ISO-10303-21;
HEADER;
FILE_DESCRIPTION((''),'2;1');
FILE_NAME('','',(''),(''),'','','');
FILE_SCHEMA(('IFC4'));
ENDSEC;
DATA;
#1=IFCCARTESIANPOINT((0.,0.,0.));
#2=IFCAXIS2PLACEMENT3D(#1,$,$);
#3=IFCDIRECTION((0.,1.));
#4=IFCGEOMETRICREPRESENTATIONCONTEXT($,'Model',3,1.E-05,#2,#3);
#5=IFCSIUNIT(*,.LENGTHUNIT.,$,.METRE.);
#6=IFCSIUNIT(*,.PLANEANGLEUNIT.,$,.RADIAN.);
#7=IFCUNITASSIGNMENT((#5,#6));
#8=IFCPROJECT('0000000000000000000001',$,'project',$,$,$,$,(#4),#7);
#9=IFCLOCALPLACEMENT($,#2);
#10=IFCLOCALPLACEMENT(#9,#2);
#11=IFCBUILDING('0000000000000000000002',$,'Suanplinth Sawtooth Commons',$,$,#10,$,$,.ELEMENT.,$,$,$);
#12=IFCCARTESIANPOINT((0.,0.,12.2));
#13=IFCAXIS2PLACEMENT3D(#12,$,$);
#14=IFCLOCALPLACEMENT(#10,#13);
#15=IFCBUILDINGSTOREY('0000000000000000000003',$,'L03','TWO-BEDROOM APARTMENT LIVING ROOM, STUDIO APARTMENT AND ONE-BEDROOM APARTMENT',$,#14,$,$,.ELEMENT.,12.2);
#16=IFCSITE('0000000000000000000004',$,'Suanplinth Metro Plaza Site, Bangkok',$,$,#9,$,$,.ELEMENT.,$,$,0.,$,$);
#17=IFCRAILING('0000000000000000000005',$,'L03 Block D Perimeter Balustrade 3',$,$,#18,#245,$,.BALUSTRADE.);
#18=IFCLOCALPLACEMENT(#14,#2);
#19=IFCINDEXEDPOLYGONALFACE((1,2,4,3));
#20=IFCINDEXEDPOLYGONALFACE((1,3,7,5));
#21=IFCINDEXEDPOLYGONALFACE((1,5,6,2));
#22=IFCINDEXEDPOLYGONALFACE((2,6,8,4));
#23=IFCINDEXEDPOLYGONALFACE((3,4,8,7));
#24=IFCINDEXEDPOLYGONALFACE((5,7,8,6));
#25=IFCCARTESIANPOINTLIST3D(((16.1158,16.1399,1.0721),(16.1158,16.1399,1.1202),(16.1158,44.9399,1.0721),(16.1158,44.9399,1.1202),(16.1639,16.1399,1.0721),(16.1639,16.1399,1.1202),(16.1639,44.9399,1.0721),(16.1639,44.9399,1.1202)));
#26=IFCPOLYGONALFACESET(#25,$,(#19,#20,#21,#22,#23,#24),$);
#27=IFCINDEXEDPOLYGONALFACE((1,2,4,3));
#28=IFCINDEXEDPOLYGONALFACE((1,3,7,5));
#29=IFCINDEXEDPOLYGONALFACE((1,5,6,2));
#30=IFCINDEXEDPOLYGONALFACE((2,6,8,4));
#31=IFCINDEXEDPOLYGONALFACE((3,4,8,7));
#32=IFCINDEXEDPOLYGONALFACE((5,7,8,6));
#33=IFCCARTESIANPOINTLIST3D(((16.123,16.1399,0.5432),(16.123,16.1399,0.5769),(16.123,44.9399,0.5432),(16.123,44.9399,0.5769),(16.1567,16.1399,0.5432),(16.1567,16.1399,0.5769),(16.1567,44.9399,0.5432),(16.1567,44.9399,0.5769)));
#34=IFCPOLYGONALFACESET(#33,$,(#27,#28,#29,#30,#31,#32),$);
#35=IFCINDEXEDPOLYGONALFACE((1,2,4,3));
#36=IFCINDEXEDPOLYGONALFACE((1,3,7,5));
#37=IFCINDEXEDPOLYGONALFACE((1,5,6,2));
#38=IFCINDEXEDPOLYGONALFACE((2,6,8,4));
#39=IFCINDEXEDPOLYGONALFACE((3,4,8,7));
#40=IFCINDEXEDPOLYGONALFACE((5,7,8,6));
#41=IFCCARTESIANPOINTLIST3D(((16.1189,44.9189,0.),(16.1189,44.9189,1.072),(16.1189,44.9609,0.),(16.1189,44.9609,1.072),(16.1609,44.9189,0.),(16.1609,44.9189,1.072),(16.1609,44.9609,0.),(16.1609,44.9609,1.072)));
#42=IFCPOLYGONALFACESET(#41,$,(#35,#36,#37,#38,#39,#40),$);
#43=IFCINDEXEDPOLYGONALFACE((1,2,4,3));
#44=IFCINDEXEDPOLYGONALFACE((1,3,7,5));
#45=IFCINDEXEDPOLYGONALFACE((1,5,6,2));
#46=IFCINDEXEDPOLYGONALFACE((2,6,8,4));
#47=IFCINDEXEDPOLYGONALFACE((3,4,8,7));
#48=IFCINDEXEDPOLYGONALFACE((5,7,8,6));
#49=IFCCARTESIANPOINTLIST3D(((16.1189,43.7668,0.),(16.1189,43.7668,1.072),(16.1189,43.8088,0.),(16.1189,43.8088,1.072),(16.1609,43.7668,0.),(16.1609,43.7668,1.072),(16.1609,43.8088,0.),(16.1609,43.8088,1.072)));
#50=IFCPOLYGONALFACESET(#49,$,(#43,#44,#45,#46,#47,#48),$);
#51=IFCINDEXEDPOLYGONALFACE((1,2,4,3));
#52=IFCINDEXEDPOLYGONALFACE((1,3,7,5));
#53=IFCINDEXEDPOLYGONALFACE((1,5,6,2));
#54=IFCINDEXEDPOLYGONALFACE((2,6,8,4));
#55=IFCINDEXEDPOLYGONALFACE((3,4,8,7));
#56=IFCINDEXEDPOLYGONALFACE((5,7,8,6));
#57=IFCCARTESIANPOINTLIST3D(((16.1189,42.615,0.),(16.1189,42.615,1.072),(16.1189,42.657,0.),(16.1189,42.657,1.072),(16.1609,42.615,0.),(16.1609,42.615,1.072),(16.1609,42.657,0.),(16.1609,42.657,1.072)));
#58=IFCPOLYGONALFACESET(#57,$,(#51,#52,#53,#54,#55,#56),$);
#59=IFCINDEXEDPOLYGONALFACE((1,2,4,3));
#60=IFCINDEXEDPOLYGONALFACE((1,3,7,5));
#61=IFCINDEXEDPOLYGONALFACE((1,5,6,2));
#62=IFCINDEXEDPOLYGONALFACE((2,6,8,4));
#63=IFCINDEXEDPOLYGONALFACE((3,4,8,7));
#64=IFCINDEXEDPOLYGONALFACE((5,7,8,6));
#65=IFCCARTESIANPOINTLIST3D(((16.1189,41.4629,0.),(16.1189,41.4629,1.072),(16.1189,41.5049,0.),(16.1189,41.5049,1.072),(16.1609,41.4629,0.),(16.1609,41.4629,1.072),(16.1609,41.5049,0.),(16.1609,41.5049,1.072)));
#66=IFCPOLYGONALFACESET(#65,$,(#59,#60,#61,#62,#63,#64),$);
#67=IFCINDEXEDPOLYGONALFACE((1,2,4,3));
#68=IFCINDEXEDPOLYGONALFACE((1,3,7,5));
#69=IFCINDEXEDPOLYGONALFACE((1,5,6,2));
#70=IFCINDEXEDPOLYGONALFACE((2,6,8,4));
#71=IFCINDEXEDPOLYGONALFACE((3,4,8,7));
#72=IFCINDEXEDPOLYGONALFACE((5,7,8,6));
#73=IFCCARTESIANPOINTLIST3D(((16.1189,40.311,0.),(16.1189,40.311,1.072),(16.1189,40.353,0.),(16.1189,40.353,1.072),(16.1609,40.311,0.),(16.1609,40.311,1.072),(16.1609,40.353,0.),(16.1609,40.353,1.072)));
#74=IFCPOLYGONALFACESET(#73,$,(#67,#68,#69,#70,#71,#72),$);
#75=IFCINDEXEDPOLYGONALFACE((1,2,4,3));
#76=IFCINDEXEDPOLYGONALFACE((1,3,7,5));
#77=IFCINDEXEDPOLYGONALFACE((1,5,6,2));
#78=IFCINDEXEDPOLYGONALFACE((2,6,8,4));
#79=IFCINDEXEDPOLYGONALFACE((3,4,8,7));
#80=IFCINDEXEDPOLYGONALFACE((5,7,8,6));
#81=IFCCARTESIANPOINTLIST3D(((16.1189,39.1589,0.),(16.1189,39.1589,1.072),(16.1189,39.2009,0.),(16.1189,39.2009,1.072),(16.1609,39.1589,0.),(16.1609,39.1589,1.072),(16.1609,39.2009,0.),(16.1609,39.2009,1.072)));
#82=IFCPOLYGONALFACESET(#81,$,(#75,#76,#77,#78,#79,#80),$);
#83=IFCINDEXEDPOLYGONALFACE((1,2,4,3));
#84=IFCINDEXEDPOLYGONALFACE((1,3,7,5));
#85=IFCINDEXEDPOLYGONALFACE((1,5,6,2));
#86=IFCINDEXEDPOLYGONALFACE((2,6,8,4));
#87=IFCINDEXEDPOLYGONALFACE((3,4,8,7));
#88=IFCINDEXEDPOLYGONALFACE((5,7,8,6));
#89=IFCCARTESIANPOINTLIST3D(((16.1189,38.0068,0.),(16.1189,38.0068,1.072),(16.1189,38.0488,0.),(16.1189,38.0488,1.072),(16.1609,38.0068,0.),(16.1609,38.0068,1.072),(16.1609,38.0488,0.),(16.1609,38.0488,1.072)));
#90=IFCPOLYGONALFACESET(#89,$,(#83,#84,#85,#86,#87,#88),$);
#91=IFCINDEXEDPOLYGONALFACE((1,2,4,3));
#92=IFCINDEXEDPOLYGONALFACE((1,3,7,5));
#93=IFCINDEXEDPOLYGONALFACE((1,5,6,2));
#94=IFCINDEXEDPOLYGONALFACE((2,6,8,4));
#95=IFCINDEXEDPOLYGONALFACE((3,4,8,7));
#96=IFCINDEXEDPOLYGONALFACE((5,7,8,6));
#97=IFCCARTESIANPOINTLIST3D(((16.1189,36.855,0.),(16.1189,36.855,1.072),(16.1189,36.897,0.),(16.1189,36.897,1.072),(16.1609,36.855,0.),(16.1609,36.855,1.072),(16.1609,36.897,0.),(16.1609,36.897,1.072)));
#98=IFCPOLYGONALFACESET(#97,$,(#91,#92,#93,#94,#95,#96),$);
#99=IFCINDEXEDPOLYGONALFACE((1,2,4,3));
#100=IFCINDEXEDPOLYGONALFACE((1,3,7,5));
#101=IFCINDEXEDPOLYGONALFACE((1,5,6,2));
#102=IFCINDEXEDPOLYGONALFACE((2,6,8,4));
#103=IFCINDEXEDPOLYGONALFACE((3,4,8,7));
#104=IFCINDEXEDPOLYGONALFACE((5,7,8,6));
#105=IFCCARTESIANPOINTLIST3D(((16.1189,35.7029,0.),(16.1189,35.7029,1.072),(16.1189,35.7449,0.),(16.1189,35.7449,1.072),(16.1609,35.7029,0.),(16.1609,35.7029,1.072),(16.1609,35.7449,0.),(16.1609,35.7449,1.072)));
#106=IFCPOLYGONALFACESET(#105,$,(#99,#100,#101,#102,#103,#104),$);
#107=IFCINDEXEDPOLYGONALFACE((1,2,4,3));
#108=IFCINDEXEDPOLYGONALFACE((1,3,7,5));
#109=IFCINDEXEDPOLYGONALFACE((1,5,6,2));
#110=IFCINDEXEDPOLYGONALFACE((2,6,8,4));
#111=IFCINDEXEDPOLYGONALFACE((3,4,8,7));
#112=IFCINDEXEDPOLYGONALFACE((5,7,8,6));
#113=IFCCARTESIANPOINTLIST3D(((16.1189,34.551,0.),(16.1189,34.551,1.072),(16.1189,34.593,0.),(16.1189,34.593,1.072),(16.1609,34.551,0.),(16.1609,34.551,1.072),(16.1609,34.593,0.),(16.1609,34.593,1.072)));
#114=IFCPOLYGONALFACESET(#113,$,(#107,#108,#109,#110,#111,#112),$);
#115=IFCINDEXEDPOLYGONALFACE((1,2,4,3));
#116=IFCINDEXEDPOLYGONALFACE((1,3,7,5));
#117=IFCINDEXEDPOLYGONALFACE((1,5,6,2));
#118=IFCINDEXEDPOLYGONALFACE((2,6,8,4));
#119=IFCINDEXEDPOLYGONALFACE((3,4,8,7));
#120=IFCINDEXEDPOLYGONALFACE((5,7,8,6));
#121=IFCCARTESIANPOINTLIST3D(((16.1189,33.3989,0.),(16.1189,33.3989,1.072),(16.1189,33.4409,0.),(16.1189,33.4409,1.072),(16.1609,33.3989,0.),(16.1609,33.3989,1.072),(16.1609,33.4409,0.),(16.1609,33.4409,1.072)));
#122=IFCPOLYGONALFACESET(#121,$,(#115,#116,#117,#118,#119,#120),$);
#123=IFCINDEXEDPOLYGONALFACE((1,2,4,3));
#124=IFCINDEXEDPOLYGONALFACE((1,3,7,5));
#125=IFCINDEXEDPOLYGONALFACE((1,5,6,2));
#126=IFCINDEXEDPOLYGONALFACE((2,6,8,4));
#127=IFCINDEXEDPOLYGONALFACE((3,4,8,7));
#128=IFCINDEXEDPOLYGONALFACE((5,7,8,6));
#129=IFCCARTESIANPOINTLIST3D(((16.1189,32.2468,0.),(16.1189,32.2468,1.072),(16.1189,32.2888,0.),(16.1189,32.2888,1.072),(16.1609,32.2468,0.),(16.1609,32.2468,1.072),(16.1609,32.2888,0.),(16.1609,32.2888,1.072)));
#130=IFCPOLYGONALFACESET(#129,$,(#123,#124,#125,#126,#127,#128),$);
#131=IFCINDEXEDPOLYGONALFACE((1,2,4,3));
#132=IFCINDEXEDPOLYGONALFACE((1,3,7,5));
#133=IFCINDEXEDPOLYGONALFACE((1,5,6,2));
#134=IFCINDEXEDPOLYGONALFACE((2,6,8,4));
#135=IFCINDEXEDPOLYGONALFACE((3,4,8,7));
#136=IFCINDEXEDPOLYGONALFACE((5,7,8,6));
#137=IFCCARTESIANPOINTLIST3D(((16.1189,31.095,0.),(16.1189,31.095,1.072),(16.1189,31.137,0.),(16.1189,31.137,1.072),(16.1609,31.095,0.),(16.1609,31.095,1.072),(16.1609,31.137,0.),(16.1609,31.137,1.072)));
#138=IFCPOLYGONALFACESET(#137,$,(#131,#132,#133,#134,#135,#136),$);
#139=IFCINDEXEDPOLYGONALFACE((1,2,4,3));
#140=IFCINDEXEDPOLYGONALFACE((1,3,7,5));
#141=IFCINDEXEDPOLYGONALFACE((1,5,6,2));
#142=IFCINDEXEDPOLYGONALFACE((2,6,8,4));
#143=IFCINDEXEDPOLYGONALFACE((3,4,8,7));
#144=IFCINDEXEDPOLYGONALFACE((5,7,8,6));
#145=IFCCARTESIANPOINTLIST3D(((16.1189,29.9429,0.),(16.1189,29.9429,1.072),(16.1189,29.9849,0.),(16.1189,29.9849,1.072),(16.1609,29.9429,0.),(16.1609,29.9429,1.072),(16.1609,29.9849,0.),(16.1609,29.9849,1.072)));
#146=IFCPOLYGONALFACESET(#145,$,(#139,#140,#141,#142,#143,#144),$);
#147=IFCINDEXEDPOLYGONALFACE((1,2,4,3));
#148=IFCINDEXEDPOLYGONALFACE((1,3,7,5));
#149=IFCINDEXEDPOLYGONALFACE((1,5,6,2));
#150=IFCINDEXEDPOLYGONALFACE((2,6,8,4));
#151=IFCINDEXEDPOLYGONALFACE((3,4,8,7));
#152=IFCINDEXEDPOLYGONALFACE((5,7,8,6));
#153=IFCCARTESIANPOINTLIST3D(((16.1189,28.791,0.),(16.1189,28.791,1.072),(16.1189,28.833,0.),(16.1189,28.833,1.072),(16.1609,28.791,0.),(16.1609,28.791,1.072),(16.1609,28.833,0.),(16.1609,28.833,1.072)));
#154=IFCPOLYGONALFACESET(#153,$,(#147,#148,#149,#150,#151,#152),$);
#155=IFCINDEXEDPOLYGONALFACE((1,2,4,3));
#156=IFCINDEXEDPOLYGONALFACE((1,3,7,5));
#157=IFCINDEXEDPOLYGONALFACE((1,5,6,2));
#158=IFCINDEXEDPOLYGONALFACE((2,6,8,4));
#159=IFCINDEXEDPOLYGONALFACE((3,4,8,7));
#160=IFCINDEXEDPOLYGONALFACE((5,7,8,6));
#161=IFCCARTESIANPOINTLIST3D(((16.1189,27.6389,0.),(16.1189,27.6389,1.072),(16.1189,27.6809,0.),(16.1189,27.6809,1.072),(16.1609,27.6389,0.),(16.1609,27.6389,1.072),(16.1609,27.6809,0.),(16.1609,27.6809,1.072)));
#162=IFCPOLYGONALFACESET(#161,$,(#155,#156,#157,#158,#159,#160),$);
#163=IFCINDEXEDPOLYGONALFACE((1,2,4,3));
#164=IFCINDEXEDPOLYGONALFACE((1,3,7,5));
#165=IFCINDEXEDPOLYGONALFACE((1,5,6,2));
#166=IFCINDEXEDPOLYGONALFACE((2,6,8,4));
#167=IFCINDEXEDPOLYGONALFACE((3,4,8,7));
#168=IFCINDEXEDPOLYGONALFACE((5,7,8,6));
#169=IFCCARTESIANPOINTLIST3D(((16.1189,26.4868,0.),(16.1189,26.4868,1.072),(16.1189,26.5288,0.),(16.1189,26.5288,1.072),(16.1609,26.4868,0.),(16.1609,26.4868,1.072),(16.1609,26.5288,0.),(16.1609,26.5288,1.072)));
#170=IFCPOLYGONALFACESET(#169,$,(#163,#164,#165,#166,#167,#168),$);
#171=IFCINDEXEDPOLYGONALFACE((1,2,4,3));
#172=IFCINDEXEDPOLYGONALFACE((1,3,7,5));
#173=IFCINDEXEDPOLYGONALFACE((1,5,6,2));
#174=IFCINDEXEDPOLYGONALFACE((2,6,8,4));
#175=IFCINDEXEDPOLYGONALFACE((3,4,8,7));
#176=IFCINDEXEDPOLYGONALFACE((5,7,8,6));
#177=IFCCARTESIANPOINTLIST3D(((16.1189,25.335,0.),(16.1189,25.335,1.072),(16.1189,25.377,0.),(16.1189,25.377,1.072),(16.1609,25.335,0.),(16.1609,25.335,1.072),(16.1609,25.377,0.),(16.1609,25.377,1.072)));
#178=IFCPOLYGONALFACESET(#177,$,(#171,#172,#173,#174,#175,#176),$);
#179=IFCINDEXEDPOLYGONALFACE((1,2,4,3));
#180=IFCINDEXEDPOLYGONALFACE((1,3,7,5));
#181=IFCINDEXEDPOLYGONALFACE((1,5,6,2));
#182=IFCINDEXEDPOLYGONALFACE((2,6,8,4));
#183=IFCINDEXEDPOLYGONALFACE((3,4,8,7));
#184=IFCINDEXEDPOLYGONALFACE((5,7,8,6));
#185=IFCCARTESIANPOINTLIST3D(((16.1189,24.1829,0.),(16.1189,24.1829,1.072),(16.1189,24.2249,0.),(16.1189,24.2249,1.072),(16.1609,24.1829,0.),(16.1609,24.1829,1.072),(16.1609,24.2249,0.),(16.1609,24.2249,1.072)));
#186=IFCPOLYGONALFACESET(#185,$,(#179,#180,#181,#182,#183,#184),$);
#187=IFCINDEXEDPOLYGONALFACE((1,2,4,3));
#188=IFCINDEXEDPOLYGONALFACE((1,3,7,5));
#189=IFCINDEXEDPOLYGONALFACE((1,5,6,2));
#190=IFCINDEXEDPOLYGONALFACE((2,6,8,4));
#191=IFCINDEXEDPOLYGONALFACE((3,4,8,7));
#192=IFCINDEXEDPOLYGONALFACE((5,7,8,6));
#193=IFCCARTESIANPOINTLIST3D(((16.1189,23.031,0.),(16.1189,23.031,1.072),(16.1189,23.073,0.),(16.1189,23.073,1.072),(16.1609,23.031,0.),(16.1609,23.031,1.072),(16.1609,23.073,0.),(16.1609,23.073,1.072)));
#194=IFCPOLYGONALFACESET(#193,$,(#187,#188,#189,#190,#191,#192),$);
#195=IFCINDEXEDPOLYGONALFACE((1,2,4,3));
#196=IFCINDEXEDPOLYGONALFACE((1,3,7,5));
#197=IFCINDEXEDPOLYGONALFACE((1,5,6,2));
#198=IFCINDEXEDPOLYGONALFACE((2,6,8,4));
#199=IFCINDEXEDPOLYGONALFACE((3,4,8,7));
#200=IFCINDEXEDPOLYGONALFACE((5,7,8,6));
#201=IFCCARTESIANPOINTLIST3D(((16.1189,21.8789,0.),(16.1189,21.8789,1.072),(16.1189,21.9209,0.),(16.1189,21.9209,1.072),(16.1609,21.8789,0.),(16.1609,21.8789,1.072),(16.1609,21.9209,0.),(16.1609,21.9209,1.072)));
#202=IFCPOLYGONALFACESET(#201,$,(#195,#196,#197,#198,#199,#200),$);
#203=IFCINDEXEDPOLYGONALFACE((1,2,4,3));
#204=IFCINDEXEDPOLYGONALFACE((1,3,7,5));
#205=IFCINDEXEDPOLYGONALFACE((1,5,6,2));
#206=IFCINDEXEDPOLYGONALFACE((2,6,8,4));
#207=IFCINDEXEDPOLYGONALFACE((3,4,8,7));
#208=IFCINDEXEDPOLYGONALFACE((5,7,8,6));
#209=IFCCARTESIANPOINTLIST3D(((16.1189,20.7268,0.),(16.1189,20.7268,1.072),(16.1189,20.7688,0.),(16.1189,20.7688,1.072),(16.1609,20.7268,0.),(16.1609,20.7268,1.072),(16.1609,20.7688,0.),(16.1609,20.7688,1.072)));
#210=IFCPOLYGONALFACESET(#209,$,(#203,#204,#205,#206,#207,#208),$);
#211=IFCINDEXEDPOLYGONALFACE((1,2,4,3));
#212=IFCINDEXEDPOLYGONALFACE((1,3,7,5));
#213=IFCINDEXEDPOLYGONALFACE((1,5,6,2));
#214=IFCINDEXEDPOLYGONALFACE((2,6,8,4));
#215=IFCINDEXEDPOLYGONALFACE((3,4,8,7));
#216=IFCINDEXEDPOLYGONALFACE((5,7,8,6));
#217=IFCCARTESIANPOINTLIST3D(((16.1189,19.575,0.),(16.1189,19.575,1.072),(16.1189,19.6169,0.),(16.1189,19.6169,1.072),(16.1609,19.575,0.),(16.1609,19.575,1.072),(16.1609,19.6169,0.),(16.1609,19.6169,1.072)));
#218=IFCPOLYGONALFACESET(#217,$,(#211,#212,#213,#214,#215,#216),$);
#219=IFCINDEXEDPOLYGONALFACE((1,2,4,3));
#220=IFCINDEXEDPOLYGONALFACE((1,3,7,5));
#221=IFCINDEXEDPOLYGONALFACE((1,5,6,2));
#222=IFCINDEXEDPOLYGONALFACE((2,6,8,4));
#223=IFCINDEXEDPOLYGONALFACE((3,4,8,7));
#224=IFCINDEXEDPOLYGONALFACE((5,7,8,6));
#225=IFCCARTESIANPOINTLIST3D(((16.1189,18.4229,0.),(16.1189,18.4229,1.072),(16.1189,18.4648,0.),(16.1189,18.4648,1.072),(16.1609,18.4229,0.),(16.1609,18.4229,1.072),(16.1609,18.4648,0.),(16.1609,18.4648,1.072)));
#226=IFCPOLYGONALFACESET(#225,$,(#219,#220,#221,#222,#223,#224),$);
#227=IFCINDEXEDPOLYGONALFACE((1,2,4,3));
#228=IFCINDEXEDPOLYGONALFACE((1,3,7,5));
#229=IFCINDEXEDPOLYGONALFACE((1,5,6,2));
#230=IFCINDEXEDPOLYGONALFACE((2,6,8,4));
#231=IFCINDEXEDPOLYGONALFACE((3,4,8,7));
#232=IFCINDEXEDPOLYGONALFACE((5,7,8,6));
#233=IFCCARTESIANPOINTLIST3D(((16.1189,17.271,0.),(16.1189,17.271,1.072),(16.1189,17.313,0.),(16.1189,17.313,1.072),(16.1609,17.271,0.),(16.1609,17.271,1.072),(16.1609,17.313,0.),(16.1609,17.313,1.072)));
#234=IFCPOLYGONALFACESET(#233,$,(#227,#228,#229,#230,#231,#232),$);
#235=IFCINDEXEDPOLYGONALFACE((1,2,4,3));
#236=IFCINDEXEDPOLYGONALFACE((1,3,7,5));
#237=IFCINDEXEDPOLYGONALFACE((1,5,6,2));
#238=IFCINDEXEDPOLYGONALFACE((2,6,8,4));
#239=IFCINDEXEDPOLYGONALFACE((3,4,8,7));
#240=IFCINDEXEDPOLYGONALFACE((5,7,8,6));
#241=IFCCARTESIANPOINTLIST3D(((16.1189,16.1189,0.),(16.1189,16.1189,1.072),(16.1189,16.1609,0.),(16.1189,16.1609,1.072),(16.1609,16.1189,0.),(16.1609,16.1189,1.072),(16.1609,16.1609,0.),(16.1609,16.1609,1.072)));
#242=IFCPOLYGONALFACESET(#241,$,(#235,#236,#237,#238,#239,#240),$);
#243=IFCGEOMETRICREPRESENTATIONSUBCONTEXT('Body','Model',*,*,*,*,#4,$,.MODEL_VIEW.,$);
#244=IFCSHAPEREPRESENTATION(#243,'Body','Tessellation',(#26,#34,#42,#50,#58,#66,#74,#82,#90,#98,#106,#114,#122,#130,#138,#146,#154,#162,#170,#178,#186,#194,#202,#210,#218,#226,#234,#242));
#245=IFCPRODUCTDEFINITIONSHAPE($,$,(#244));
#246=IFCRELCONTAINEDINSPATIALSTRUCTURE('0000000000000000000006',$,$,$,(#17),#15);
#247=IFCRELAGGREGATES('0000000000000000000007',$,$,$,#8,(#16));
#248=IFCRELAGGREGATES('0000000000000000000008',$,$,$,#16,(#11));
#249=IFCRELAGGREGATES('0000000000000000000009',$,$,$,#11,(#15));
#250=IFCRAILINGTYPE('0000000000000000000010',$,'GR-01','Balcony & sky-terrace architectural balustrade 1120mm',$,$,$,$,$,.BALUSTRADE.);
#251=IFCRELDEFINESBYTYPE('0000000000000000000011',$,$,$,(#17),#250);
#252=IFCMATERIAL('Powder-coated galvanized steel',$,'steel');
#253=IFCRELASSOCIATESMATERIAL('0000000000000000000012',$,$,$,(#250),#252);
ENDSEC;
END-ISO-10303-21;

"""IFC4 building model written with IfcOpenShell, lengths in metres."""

from ifc_helpers import new_model, si_unit, direction, frame, origin, origin_2d, place, context, subcontext, project, spatial, rectangle, extrude, material, type_object, element, save


model = new_model("IFC4")

# Units and contexts
model_context = context("Model", 3, precision=1e-05, world=origin(), true_north=direction((0.0, 1.0)))
body_context = subcontext(model_context, "Body", "Model", "MODEL_VIEW")
ifc_project = project(units=[si_unit("LENGTHUNIT", "METRE"), si_unit("PLANEANGLEUNIT", "RADIAN")], contexts=[model_context])

# Site, building, storey
site_placement = place(None, origin())
site = spatial("IfcSite", under=ifc_project, at=site_placement, Name="Suanplinth Metro Plaza Site, Bangkok", CompositionType="ELEMENT", RefElevation=0.0)
building_placement = place(site_placement, origin())
building = spatial("IfcBuilding", under=site, at=building_placement, Name="Suanplinth Sawtooth Commons", CompositionType="ELEMENT")
storey_placement = place(building_placement, frame((0.0, 0.0, 12.2)))
storey = spatial("IfcBuildingStorey", under=building, at=storey_placement, Name="L03", Description="TWO-BEDROOM APARTMENT LIVING ROOM, STUDIO APARTMENT AND ONE-BEDROOM APARTMENT", CompositionType="ELEMENT", Elevation=12.2)

# Railing
ifc_material_1 = material(Name="Powder-coated galvanized steel", Category="steel")
railing_type = type_object("IfcRailingType", Name="GR-01", Description="Balcony & sky-terrace architectural balustrade 1120mm", PredefinedType="BALUSTRADE", material=ifc_material_1)
railing_1_placement = place(storey_placement, frame((16.1399, 44.9399, 0.0)))
element("IfcRailing", 1, at=railing_1_placement, inside=storey, type_object=railing_type, Name="L03 Block D Perimeter Balustrade 3", PredefinedType="BALUSTRADE", context=body_context, shape_type="SweptSolid", body=[
    extrude(rectangle(XDim=0.0481, YDim=0.0481, at=origin_2d()), frame((0.0, 0.0, 1.0962), z_axis=(0.0, -1.0, 0.0), x_axis=(1.0, 0.0, 0.0)), (0.0, 0.0, 1.0), 28.8),
    extrude(rectangle(XDim=0.0337, YDim=0.0337, at=origin_2d()), frame((0.0, 0.0, 0.5601), z_axis=(0.0, -1.0, 0.0), x_axis=(1.0, 0.0, 0.0)), (0.0, 0.0, 1.0), 28.8),
    extrude(rectangle(XDim=0.042, YDim=0.042, at=origin_2d()), origin(), (0.0, 0.0, 1.0), 1.072),
    extrude(rectangle(XDim=0.042, YDim=0.042, at=origin_2d()), frame((0.0, -1.1521, 0.0)), (0.0, 0.0, 1.0), 1.072),
    extrude(rectangle(XDim=0.042, YDim=0.042, at=origin_2d()), frame((0.0, -2.304, 0.0)), (0.0, 0.0, 1.0), 1.072),
    extrude(rectangle(XDim=0.042, YDim=0.042, at=origin_2d()), frame((0.0, -3.4561, 0.0)), (0.0, 0.0, 1.0), 1.072),
    extrude(rectangle(XDim=0.042, YDim=0.042, at=origin_2d()), frame((0.0, -4.6079, 0.0)), (0.0, 0.0, 1.0), 1.072),
    extrude(rectangle(XDim=0.042, YDim=0.042, at=origin_2d()), frame((0.0, -5.76, 0.0)), (0.0, 0.0, 1.0), 1.072),
    extrude(rectangle(XDim=0.042, YDim=0.042, at=origin_2d()), frame((0.0, -6.9121, 0.0)), (0.0, 0.0, 1.0), 1.072),
    extrude(rectangle(XDim=0.042, YDim=0.042, at=origin_2d()), frame((0.0, -8.064, 0.0)), (0.0, 0.0, 1.0), 1.072),
    extrude(rectangle(XDim=0.042, YDim=0.042, at=origin_2d()), frame((0.0, -9.2161, 0.0)), (0.0, 0.0, 1.0), 1.072),
    extrude(rectangle(XDim=0.042, YDim=0.042, at=origin_2d()), frame((0.0, -10.3679, 0.0)), (0.0, 0.0, 1.0), 1.072),
    extrude(rectangle(XDim=0.042, YDim=0.042, at=origin_2d()), frame((0.0, -11.52, 0.0)), (0.0, 0.0, 1.0), 1.072),
    extrude(rectangle(XDim=0.042, YDim=0.042, at=origin_2d()), frame((0.0, -12.6721, 0.0)), (0.0, 0.0, 1.0), 1.072),
    extrude(rectangle(XDim=0.042, YDim=0.042, at=origin_2d()), frame((0.0, -13.824, 0.0)), (0.0, 0.0, 1.0), 1.072),
    extrude(rectangle(XDim=0.042, YDim=0.042, at=origin_2d()), frame((0.0, -14.9761, 0.0)), (0.0, 0.0, 1.0), 1.072),
    extrude(rectangle(XDim=0.042, YDim=0.042, at=origin_2d()), frame((0.0, -16.1279, 0.0)), (0.0, 0.0, 1.0), 1.072),
    extrude(rectangle(XDim=0.042, YDim=0.042, at=origin_2d()), frame((0.0, -17.28, 0.0)), (0.0, 0.0, 1.0), 1.072),
    extrude(rectangle(XDim=0.042, YDim=0.042, at=origin_2d()), frame((0.0, -18.4321, 0.0)), (0.0, 0.0, 1.0), 1.072),
    extrude(rectangle(XDim=0.042, YDim=0.042, at=origin_2d()), frame((0.0, -19.584, 0.0)), (0.0, 0.0, 1.0), 1.072),
    extrude(rectangle(XDim=0.042, YDim=0.042, at=origin_2d()), frame((0.0, -20.7361, 0.0)), (0.0, 0.0, 1.0), 1.072),
    extrude(rectangle(XDim=0.042, YDim=0.042, at=origin_2d()), frame((0.0, -21.8879, 0.0)), (0.0, 0.0, 1.0), 1.072),
    extrude(rectangle(XDim=0.042, YDim=0.042, at=origin_2d()), frame((0.0, -23.04, 0.0)), (0.0, 0.0, 1.0), 1.072),
    extrude(rectangle(XDim=0.042, YDim=0.042, at=origin_2d()), frame((0.0, -24.1921, 0.0)), (0.0, 0.0, 1.0), 1.072),
    extrude(rectangle(XDim=0.042, YDim=0.042, at=origin_2d()), frame((0.0, -25.344, 0.0)), (0.0, 0.0, 1.0), 1.072),
    extrude(rectangle(XDim=0.042, YDim=0.042, at=origin_2d()), frame((0.0, -26.4961, 0.0)), (0.0, 0.0, 1.0), 1.072),
    extrude(rectangle(XDim=0.042, YDim=0.042, at=origin_2d()), frame((0.0, -27.6479, 0.0)), (0.0, 0.0, 1.0), 1.072),
    extrude(rectangle(XDim=0.042, YDim=0.042, at=origin_2d()), frame((0.0, -28.8, 0.0)), (0.0, 0.0, 1.0), 1.072),
])

save(model, "model.ifc")
